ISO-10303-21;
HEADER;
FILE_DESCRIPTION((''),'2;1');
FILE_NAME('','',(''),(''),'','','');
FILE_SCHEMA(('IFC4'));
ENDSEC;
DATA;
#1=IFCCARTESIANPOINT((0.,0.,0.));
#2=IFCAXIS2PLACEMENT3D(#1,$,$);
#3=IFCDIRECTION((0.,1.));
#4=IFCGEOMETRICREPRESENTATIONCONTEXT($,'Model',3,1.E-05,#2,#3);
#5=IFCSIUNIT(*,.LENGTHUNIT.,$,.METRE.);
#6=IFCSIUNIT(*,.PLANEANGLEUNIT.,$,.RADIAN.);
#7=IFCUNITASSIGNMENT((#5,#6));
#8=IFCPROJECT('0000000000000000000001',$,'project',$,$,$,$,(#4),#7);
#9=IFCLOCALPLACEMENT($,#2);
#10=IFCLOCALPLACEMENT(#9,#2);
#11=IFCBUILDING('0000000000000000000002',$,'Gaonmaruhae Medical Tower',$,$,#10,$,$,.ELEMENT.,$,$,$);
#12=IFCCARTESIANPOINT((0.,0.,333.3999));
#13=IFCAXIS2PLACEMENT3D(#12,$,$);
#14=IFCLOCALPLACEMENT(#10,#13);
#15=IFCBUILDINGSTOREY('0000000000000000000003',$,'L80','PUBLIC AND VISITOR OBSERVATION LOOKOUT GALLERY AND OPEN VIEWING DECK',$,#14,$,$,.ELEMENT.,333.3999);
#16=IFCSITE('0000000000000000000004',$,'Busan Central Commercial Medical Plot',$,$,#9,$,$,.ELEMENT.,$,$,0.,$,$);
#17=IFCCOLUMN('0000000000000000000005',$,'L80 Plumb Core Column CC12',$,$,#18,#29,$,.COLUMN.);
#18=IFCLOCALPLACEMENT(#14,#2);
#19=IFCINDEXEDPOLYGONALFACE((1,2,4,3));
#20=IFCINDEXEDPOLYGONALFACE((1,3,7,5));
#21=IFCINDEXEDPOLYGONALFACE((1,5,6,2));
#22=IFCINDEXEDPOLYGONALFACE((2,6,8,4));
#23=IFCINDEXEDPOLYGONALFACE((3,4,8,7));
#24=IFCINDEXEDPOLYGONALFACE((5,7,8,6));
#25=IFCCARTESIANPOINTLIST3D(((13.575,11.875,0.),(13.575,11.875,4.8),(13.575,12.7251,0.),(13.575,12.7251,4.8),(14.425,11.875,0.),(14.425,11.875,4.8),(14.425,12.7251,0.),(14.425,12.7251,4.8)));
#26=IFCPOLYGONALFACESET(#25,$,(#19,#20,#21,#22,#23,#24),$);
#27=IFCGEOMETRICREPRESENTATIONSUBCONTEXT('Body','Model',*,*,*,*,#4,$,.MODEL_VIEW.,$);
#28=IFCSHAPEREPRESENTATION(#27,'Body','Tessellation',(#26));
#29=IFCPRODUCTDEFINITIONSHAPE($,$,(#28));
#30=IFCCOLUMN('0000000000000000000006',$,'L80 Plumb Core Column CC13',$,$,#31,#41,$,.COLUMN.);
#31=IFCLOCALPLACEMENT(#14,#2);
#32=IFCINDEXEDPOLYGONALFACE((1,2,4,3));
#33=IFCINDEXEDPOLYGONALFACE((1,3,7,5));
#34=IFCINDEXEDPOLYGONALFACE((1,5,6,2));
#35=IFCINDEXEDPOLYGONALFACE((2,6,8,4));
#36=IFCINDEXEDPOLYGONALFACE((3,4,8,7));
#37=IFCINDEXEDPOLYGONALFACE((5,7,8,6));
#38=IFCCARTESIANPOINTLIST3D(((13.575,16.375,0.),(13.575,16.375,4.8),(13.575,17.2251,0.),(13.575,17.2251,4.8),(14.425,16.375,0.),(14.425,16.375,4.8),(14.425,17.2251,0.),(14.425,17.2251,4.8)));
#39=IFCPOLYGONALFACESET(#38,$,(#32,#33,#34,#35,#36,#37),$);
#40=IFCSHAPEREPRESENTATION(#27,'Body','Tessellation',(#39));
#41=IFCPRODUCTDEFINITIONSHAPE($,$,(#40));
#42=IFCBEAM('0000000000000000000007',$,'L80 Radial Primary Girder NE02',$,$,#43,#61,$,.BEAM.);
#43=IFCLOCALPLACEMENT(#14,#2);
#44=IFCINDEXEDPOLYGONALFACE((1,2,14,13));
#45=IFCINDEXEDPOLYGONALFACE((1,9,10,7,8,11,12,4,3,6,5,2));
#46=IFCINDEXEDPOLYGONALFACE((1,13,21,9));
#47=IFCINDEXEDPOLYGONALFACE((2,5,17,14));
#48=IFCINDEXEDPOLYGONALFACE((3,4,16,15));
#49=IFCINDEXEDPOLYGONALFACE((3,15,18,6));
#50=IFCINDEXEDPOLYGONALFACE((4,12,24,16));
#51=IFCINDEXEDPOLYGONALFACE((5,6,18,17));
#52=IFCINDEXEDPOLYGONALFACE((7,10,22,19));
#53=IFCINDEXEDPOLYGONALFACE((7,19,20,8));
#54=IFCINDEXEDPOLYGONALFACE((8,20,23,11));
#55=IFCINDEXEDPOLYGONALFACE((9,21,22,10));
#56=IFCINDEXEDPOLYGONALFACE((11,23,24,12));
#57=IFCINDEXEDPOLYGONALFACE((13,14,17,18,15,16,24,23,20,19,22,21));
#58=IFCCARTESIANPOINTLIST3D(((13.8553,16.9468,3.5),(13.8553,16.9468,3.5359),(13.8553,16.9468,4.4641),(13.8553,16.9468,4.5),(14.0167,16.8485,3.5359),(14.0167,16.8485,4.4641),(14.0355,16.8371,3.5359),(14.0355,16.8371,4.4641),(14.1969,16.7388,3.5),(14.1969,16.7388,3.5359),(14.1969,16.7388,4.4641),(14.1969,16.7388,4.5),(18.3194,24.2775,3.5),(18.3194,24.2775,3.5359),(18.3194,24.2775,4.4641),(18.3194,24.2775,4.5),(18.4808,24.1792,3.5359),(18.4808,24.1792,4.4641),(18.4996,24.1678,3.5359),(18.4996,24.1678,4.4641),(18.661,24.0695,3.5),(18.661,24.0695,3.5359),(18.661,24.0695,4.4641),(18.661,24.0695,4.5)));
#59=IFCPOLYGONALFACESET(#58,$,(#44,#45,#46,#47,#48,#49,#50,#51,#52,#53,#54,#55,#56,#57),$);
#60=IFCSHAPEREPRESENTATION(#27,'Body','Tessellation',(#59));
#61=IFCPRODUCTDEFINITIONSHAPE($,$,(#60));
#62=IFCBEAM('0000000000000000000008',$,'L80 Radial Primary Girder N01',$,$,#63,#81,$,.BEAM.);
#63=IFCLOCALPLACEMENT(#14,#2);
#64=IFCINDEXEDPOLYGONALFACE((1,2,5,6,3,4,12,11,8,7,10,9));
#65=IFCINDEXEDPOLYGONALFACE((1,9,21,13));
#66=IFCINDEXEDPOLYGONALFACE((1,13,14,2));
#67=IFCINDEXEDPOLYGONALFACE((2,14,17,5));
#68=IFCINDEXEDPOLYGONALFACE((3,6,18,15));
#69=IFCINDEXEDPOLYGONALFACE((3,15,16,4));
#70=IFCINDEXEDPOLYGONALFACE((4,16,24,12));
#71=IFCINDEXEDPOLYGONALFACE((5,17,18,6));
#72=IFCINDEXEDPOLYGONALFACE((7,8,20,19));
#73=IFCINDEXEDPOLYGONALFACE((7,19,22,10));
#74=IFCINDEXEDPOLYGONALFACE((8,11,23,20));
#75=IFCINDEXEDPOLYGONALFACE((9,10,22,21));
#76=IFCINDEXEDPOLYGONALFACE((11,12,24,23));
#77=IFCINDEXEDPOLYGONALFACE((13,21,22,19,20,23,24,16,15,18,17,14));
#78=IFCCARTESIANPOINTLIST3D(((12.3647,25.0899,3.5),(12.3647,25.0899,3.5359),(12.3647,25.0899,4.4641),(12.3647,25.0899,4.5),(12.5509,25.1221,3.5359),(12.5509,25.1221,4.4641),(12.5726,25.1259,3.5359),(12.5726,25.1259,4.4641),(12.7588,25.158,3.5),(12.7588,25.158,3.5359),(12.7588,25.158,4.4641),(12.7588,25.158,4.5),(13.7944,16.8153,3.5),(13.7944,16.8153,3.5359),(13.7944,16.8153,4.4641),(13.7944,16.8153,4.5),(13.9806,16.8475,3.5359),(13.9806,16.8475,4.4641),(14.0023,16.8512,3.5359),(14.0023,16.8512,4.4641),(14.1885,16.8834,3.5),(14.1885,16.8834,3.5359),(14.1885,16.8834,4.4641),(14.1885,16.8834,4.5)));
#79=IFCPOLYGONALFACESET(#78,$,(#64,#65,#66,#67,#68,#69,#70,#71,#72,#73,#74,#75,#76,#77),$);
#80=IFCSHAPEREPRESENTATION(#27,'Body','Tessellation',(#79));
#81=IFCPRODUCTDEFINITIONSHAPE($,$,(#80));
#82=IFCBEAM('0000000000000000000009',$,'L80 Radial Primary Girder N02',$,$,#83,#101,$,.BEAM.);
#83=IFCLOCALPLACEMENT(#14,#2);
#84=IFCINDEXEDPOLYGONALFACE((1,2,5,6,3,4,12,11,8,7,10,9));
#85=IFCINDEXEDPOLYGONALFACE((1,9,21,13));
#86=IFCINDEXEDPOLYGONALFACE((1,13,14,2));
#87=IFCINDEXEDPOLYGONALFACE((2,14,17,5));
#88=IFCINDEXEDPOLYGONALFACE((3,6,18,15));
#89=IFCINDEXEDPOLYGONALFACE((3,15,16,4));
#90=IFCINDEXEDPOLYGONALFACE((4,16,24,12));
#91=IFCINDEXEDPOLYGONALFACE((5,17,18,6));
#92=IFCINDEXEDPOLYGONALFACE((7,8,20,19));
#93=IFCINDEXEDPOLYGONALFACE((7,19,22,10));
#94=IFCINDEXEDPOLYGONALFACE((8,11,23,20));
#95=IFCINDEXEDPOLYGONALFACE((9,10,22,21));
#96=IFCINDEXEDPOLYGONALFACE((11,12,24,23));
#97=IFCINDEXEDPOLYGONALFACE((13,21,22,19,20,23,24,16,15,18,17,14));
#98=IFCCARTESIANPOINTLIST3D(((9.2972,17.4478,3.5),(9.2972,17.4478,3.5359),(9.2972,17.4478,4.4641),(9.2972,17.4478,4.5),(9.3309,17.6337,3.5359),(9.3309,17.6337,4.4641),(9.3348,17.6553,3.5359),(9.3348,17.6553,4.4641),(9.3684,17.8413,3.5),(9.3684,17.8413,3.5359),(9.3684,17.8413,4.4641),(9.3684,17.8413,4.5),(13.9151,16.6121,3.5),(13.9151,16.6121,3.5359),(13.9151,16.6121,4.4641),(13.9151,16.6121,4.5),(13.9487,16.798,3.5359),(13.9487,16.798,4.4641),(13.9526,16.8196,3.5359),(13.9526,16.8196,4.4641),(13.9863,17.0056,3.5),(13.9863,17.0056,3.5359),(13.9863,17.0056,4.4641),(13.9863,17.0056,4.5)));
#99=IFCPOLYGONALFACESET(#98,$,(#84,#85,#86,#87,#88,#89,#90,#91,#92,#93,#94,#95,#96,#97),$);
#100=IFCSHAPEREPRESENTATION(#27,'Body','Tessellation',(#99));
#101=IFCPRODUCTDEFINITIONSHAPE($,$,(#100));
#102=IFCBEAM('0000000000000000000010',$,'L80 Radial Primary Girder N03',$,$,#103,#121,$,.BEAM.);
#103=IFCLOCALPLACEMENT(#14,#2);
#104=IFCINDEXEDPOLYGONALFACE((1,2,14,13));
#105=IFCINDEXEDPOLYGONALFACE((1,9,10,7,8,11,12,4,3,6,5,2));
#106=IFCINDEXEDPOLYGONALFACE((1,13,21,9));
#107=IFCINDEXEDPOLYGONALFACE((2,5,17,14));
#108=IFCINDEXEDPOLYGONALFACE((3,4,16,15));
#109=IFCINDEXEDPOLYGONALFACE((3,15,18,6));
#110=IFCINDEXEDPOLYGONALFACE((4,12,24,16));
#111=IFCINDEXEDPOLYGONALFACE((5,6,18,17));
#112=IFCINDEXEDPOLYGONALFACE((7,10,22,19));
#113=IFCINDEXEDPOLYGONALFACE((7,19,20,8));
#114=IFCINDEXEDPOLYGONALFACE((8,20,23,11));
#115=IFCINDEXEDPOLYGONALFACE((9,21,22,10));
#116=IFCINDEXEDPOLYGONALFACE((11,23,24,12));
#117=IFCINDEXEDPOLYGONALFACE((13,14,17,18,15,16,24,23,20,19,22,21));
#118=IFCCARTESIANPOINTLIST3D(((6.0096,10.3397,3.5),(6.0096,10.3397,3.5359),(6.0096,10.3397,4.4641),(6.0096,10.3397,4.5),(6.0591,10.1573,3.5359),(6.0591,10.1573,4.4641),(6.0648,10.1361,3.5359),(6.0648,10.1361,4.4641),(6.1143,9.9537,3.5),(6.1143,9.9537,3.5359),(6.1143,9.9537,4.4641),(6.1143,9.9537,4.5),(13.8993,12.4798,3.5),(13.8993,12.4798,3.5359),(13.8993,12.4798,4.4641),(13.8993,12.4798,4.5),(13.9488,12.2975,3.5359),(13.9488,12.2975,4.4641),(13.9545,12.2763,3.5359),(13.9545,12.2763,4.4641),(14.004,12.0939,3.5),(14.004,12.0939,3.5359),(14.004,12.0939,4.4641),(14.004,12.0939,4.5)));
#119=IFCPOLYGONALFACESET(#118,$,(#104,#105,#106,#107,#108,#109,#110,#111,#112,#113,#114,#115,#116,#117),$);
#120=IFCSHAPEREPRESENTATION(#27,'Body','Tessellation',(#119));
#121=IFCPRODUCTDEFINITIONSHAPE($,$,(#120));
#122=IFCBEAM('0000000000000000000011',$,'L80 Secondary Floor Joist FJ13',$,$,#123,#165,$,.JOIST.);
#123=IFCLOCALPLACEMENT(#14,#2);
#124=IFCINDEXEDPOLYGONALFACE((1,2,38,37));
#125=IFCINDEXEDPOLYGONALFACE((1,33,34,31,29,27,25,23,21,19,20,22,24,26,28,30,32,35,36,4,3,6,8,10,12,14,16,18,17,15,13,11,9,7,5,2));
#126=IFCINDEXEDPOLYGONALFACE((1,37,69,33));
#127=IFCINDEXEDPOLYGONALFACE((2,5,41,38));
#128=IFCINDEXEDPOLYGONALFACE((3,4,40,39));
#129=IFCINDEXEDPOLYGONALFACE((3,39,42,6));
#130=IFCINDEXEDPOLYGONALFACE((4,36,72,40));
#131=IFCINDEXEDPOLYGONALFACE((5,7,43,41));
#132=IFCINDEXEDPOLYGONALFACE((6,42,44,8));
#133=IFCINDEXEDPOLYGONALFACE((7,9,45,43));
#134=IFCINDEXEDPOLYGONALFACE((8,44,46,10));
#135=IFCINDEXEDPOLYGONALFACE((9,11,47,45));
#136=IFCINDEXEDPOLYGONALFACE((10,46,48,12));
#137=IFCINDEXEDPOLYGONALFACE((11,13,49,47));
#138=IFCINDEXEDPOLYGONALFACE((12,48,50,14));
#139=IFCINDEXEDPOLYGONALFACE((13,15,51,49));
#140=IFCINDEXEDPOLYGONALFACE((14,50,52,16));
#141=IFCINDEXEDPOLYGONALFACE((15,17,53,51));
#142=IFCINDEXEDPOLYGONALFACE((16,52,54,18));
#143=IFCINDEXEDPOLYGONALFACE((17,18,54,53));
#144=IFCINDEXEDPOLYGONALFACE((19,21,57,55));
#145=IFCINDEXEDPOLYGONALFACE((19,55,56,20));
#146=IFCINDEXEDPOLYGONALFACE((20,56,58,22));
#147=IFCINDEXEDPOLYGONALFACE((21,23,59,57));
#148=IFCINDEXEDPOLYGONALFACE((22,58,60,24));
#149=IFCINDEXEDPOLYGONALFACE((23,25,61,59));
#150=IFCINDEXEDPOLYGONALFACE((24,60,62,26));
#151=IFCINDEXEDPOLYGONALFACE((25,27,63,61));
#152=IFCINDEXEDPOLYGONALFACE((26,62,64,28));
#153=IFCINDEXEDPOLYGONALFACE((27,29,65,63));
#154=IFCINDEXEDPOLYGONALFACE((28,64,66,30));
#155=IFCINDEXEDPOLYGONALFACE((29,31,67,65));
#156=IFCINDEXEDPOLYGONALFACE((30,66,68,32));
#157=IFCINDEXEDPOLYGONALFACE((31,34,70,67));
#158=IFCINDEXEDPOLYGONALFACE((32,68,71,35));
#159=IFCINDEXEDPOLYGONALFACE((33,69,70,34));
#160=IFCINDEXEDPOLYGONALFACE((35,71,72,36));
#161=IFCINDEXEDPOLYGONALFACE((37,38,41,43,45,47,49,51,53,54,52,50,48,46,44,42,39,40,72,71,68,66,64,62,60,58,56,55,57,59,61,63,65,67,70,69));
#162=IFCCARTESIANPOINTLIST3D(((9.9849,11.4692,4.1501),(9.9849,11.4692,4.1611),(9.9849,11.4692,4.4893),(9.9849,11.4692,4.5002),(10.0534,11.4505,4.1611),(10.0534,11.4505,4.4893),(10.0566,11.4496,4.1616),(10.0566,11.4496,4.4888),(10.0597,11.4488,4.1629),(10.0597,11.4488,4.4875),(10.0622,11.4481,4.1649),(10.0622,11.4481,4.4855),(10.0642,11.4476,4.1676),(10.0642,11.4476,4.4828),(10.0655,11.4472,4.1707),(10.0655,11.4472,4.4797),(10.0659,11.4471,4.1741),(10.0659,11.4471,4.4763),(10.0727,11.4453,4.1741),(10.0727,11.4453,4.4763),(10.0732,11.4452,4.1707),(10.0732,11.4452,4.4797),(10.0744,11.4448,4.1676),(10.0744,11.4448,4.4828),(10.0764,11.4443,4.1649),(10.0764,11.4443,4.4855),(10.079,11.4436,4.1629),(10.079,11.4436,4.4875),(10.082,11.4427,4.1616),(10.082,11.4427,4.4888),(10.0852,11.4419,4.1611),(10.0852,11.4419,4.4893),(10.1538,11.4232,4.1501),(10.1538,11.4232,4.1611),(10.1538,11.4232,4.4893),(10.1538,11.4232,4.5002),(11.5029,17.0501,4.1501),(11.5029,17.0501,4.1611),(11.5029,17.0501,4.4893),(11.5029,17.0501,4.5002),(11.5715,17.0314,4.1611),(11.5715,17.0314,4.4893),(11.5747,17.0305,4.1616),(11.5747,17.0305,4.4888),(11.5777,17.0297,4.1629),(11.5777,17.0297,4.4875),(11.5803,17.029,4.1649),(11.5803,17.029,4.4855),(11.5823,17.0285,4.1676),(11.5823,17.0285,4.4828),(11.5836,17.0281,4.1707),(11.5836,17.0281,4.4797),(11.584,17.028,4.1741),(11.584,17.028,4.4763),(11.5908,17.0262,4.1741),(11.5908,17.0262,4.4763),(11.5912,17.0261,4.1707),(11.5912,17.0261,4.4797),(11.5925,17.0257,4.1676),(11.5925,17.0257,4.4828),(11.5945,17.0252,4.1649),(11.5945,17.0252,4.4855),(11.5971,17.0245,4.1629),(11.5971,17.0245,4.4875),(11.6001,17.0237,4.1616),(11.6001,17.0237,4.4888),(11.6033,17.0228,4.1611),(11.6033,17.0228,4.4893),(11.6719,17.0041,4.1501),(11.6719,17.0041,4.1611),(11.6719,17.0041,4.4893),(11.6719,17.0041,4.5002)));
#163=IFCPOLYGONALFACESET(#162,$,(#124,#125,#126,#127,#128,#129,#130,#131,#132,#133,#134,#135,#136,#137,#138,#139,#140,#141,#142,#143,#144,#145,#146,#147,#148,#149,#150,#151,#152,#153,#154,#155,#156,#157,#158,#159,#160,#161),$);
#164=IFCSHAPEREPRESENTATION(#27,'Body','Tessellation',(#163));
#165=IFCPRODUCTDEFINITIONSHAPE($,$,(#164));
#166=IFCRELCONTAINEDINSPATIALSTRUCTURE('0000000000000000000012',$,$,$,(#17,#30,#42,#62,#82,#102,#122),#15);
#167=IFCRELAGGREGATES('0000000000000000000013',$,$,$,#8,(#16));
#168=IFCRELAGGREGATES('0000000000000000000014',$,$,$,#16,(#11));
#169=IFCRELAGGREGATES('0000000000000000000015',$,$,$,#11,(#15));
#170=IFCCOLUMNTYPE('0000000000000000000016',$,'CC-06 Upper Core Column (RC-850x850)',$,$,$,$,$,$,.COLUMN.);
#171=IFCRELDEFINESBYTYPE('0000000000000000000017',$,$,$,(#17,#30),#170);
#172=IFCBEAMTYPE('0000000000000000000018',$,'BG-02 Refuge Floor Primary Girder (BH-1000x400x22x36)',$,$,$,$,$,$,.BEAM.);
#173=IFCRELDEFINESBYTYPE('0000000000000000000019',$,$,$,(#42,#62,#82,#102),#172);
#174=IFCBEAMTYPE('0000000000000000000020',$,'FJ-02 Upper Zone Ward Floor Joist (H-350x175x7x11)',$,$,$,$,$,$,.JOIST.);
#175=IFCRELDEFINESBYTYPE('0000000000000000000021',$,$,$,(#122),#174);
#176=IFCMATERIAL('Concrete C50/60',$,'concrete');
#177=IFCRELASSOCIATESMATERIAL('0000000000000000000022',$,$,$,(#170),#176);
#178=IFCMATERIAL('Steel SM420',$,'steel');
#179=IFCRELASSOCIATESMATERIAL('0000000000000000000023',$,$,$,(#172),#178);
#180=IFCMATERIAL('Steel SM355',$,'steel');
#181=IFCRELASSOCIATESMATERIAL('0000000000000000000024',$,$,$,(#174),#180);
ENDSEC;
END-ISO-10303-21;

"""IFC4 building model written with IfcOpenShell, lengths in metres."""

from ifc_helpers import new_model, si_unit, direction, frame, origin, origin_2d, place, context, subcontext, project, spatial, rectangle, i_section, extrude, material, material_profile, profile_set, type_object, element, save


model = new_model("IFC4")

# Units and contexts
model_context = context("Model", 3, precision=1e-05, world=origin(), true_north=direction((0.0, 1.0)))
body_context = subcontext(model_context, "Body", "Model", "MODEL_VIEW")
ifc_project = project(units=[si_unit("LENGTHUNIT", "METRE"), si_unit("PLANEANGLEUNIT", "RADIAN")], contexts=[model_context])

# Site, building, storey
site_placement = place(None, origin())
site = spatial("IfcSite", under=ifc_project, at=site_placement, Name="Busan Central Commercial Medical Plot", CompositionType="ELEMENT", RefElevation=0.0)
building_placement = place(site_placement, origin())
building = spatial("IfcBuilding", under=site, at=building_placement, Name="Gaonmaruhae Medical Tower", CompositionType="ELEMENT")
storey_placement = place(building_placement, frame((0.0, 0.0, 333.3999)))
storey = spatial("IfcBuildingStorey", under=building, at=storey_placement, Name="L80", Description="PUBLIC AND VISITOR OBSERVATION LOOKOUT GALLERY AND OPEN VIEWING DECK", CompositionType="ELEMENT", Elevation=333.3999)

# Columns
ifc_material_1 = material(Name="Concrete C50/60", Category="concrete")
ifc_material_profile_1 = material_profile(ifc_material_1, rectangle(XDim=0.8501, YDim=0.8501, at=origin_2d()), Name="RC-850x850")
ifc_profile_set_1 = profile_set([ifc_material_profile_1], Name="Concrete C50/60")
column_type = type_object("IfcColumnType", Name="CC-06 Upper Core Column (RC-850x850)", PredefinedType="COLUMN", material=ifc_profile_set_1)
for number, where, z_axis, x_axis, name in (
    (1, (14.0, 12.3, 0.0), (0.0, 0.0, 1.0), (1.0, 0.0, 0.0), "L80 Plumb Core Column CC12"),
    (2, (14.0, 16.8, 0.0), (0.0, 0.0, 1.0), (1.0, 0.0, 0.0), "L80 Plumb Core Column CC13"),
):
    element("IfcColumn", number, at=place(storey_placement, frame(where, z_axis=z_axis, x_axis=x_axis)), inside=storey, type_object=column_type, Name=name, PredefinedType="COLUMN", context=body_context, shape_type="SweptSolid", body=[
        extrude(rectangle(XDim=0.8501, YDim=0.8501, at=origin_2d()), origin(), (0.0, 0.0, 1.0), 4.8),
    ])

# Beams
ifc_material_2 = material(Name="Steel SM420", Category="steel")
ifc_material_profile_2 = material_profile(ifc_material_2, i_section(OverallWidth=0.3999, OverallDepth=1.0, WebThickness=0.022, FlangeThickness=0.0359, at=origin_2d()), Name="BH-1000x400x22x36")
ifc_profile_set_2 = profile_set([ifc_material_profile_2], Name="Steel SM420")
beam_type_1 = type_object("IfcBeamType", Name="BG-02 Refuge Floor Primary Girder (BH-1000x400x22x36)", PredefinedType="BEAM", material=ifc_profile_set_2)
beam_1_placement = place(storey_placement, frame((14.0261, 16.8428, 4.0), z_axis=(0.520107, 0.854101, 0.0), x_axis=(-0.854101, 0.520107, 0.0)))
element("IfcBeam", 3, at=beam_1_placement, inside=storey, type_object=beam_type_1, Name="L80 Radial Primary Girder NE02", PredefinedType="BEAM", context=body_context, shape_type="SweptSolid", body=[
    extrude(i_section(OverallWidth=0.3999, OverallDepth=1.0, WebThickness=0.022, FlangeThickness=0.0359, at=origin_2d()), origin(), (0.0, 0.0, 1.0), 8.583),
])
beam_2_placement = place(storey_placement, frame((13.9915, 16.8494, 4.0), z_axis=(-0.170256, 0.9854, 0.0), x_axis=(-0.9854, -0.170256, 0.0)))
element("IfcBeam", 4, at=beam_2_placement, inside=storey, type_object=beam_type_1, Name="L80 Radial Primary Girder N01", PredefinedType="BEAM", context=body_context, shape_type="SweptSolid", body=[
    extrude(i_section(OverallWidth=0.3999, OverallDepth=1.0, WebThickness=0.022, FlangeThickness=0.0359, at=origin_2d()), origin(), (0.0, 0.0, 1.0), 8.3972),
])
beam_3_placement = place(storey_placement, frame((13.9507, 16.8088, 4.0), z_axis=(-0.984017, 0.178075, 0.0), x_axis=(-0.178075, -0.984017, 0.0)))
element("IfcBeam", 5, at=beam_3_placement, inside=storey, type_object=beam_type_1, Name="L80 Radial Primary Girder N02", PredefinedType="BEAM", context=body_context, shape_type="SweptSolid", body=[
    extrude(i_section(OverallWidth=0.3999, OverallDepth=1.0, WebThickness=0.022, FlangeThickness=0.0359, at=origin_2d()), origin(), (0.0, 0.0, 1.0), 4.6929),
])
beam_4_placement = place(storey_placement, frame((13.9517, 12.2869, 4.0), z_axis=(-0.965123, -0.261798, 0.0), x_axis=(0.261798, -0.965123, 0.0)))
element("IfcBeam", 6, at=beam_4_placement, inside=storey, type_object=beam_type_1, Name="L80 Radial Primary Girder N03", PredefinedType="BEAM", context=body_context, shape_type="SweptSolid", body=[
    extrude(i_section(OverallWidth=0.3999, OverallDepth=1.0, WebThickness=0.022, FlangeThickness=0.0359, at=origin_2d()), origin(), (0.0, 0.0, 1.0), 8.1748),
])
ifc_material_3 = material(Name="Steel SM355", Category="steel")
ifc_material_profile_3 = material_profile(ifc_material_3, i_section(OverallWidth=0.175, OverallDepth=0.3501, WebThickness=0.0071, FlangeThickness=0.011, FilletRadius=0.0129, at=origin_2d()), Name="H-350x175x7x11")
ifc_profile_set_3 = profile_set([ifc_material_profile_3], Name="Steel SM355")
beam_type_2 = type_object("IfcBeamType", Name="FJ-02 Upper Zone Ward Floor Joist (H-350x175x7x11)", PredefinedType="JOIST", material=ifc_profile_set_3)
beam_5_placement = place(storey_placement, frame((11.5874, 17.0271, 4.3252), z_axis=(-0.262478, -0.964938, 0.0), x_axis=(0.964938, -0.262478, 0.0)))
element("IfcBeam", 7, at=beam_5_placement, inside=storey, type_object=beam_type_2, Name="L80 Secondary Floor Joist FJ13", PredefinedType="JOIST", context=body_context, shape_type="SweptSolid", body=[
    extrude(i_section(OverallWidth=0.175, OverallDepth=0.3501, WebThickness=0.0071, FlangeThickness=0.011, FilletRadius=0.0129, at=origin_2d()), origin(), (0.0, 0.0, 1.0), 5.7837),
])

save(model, "model.ifc")
